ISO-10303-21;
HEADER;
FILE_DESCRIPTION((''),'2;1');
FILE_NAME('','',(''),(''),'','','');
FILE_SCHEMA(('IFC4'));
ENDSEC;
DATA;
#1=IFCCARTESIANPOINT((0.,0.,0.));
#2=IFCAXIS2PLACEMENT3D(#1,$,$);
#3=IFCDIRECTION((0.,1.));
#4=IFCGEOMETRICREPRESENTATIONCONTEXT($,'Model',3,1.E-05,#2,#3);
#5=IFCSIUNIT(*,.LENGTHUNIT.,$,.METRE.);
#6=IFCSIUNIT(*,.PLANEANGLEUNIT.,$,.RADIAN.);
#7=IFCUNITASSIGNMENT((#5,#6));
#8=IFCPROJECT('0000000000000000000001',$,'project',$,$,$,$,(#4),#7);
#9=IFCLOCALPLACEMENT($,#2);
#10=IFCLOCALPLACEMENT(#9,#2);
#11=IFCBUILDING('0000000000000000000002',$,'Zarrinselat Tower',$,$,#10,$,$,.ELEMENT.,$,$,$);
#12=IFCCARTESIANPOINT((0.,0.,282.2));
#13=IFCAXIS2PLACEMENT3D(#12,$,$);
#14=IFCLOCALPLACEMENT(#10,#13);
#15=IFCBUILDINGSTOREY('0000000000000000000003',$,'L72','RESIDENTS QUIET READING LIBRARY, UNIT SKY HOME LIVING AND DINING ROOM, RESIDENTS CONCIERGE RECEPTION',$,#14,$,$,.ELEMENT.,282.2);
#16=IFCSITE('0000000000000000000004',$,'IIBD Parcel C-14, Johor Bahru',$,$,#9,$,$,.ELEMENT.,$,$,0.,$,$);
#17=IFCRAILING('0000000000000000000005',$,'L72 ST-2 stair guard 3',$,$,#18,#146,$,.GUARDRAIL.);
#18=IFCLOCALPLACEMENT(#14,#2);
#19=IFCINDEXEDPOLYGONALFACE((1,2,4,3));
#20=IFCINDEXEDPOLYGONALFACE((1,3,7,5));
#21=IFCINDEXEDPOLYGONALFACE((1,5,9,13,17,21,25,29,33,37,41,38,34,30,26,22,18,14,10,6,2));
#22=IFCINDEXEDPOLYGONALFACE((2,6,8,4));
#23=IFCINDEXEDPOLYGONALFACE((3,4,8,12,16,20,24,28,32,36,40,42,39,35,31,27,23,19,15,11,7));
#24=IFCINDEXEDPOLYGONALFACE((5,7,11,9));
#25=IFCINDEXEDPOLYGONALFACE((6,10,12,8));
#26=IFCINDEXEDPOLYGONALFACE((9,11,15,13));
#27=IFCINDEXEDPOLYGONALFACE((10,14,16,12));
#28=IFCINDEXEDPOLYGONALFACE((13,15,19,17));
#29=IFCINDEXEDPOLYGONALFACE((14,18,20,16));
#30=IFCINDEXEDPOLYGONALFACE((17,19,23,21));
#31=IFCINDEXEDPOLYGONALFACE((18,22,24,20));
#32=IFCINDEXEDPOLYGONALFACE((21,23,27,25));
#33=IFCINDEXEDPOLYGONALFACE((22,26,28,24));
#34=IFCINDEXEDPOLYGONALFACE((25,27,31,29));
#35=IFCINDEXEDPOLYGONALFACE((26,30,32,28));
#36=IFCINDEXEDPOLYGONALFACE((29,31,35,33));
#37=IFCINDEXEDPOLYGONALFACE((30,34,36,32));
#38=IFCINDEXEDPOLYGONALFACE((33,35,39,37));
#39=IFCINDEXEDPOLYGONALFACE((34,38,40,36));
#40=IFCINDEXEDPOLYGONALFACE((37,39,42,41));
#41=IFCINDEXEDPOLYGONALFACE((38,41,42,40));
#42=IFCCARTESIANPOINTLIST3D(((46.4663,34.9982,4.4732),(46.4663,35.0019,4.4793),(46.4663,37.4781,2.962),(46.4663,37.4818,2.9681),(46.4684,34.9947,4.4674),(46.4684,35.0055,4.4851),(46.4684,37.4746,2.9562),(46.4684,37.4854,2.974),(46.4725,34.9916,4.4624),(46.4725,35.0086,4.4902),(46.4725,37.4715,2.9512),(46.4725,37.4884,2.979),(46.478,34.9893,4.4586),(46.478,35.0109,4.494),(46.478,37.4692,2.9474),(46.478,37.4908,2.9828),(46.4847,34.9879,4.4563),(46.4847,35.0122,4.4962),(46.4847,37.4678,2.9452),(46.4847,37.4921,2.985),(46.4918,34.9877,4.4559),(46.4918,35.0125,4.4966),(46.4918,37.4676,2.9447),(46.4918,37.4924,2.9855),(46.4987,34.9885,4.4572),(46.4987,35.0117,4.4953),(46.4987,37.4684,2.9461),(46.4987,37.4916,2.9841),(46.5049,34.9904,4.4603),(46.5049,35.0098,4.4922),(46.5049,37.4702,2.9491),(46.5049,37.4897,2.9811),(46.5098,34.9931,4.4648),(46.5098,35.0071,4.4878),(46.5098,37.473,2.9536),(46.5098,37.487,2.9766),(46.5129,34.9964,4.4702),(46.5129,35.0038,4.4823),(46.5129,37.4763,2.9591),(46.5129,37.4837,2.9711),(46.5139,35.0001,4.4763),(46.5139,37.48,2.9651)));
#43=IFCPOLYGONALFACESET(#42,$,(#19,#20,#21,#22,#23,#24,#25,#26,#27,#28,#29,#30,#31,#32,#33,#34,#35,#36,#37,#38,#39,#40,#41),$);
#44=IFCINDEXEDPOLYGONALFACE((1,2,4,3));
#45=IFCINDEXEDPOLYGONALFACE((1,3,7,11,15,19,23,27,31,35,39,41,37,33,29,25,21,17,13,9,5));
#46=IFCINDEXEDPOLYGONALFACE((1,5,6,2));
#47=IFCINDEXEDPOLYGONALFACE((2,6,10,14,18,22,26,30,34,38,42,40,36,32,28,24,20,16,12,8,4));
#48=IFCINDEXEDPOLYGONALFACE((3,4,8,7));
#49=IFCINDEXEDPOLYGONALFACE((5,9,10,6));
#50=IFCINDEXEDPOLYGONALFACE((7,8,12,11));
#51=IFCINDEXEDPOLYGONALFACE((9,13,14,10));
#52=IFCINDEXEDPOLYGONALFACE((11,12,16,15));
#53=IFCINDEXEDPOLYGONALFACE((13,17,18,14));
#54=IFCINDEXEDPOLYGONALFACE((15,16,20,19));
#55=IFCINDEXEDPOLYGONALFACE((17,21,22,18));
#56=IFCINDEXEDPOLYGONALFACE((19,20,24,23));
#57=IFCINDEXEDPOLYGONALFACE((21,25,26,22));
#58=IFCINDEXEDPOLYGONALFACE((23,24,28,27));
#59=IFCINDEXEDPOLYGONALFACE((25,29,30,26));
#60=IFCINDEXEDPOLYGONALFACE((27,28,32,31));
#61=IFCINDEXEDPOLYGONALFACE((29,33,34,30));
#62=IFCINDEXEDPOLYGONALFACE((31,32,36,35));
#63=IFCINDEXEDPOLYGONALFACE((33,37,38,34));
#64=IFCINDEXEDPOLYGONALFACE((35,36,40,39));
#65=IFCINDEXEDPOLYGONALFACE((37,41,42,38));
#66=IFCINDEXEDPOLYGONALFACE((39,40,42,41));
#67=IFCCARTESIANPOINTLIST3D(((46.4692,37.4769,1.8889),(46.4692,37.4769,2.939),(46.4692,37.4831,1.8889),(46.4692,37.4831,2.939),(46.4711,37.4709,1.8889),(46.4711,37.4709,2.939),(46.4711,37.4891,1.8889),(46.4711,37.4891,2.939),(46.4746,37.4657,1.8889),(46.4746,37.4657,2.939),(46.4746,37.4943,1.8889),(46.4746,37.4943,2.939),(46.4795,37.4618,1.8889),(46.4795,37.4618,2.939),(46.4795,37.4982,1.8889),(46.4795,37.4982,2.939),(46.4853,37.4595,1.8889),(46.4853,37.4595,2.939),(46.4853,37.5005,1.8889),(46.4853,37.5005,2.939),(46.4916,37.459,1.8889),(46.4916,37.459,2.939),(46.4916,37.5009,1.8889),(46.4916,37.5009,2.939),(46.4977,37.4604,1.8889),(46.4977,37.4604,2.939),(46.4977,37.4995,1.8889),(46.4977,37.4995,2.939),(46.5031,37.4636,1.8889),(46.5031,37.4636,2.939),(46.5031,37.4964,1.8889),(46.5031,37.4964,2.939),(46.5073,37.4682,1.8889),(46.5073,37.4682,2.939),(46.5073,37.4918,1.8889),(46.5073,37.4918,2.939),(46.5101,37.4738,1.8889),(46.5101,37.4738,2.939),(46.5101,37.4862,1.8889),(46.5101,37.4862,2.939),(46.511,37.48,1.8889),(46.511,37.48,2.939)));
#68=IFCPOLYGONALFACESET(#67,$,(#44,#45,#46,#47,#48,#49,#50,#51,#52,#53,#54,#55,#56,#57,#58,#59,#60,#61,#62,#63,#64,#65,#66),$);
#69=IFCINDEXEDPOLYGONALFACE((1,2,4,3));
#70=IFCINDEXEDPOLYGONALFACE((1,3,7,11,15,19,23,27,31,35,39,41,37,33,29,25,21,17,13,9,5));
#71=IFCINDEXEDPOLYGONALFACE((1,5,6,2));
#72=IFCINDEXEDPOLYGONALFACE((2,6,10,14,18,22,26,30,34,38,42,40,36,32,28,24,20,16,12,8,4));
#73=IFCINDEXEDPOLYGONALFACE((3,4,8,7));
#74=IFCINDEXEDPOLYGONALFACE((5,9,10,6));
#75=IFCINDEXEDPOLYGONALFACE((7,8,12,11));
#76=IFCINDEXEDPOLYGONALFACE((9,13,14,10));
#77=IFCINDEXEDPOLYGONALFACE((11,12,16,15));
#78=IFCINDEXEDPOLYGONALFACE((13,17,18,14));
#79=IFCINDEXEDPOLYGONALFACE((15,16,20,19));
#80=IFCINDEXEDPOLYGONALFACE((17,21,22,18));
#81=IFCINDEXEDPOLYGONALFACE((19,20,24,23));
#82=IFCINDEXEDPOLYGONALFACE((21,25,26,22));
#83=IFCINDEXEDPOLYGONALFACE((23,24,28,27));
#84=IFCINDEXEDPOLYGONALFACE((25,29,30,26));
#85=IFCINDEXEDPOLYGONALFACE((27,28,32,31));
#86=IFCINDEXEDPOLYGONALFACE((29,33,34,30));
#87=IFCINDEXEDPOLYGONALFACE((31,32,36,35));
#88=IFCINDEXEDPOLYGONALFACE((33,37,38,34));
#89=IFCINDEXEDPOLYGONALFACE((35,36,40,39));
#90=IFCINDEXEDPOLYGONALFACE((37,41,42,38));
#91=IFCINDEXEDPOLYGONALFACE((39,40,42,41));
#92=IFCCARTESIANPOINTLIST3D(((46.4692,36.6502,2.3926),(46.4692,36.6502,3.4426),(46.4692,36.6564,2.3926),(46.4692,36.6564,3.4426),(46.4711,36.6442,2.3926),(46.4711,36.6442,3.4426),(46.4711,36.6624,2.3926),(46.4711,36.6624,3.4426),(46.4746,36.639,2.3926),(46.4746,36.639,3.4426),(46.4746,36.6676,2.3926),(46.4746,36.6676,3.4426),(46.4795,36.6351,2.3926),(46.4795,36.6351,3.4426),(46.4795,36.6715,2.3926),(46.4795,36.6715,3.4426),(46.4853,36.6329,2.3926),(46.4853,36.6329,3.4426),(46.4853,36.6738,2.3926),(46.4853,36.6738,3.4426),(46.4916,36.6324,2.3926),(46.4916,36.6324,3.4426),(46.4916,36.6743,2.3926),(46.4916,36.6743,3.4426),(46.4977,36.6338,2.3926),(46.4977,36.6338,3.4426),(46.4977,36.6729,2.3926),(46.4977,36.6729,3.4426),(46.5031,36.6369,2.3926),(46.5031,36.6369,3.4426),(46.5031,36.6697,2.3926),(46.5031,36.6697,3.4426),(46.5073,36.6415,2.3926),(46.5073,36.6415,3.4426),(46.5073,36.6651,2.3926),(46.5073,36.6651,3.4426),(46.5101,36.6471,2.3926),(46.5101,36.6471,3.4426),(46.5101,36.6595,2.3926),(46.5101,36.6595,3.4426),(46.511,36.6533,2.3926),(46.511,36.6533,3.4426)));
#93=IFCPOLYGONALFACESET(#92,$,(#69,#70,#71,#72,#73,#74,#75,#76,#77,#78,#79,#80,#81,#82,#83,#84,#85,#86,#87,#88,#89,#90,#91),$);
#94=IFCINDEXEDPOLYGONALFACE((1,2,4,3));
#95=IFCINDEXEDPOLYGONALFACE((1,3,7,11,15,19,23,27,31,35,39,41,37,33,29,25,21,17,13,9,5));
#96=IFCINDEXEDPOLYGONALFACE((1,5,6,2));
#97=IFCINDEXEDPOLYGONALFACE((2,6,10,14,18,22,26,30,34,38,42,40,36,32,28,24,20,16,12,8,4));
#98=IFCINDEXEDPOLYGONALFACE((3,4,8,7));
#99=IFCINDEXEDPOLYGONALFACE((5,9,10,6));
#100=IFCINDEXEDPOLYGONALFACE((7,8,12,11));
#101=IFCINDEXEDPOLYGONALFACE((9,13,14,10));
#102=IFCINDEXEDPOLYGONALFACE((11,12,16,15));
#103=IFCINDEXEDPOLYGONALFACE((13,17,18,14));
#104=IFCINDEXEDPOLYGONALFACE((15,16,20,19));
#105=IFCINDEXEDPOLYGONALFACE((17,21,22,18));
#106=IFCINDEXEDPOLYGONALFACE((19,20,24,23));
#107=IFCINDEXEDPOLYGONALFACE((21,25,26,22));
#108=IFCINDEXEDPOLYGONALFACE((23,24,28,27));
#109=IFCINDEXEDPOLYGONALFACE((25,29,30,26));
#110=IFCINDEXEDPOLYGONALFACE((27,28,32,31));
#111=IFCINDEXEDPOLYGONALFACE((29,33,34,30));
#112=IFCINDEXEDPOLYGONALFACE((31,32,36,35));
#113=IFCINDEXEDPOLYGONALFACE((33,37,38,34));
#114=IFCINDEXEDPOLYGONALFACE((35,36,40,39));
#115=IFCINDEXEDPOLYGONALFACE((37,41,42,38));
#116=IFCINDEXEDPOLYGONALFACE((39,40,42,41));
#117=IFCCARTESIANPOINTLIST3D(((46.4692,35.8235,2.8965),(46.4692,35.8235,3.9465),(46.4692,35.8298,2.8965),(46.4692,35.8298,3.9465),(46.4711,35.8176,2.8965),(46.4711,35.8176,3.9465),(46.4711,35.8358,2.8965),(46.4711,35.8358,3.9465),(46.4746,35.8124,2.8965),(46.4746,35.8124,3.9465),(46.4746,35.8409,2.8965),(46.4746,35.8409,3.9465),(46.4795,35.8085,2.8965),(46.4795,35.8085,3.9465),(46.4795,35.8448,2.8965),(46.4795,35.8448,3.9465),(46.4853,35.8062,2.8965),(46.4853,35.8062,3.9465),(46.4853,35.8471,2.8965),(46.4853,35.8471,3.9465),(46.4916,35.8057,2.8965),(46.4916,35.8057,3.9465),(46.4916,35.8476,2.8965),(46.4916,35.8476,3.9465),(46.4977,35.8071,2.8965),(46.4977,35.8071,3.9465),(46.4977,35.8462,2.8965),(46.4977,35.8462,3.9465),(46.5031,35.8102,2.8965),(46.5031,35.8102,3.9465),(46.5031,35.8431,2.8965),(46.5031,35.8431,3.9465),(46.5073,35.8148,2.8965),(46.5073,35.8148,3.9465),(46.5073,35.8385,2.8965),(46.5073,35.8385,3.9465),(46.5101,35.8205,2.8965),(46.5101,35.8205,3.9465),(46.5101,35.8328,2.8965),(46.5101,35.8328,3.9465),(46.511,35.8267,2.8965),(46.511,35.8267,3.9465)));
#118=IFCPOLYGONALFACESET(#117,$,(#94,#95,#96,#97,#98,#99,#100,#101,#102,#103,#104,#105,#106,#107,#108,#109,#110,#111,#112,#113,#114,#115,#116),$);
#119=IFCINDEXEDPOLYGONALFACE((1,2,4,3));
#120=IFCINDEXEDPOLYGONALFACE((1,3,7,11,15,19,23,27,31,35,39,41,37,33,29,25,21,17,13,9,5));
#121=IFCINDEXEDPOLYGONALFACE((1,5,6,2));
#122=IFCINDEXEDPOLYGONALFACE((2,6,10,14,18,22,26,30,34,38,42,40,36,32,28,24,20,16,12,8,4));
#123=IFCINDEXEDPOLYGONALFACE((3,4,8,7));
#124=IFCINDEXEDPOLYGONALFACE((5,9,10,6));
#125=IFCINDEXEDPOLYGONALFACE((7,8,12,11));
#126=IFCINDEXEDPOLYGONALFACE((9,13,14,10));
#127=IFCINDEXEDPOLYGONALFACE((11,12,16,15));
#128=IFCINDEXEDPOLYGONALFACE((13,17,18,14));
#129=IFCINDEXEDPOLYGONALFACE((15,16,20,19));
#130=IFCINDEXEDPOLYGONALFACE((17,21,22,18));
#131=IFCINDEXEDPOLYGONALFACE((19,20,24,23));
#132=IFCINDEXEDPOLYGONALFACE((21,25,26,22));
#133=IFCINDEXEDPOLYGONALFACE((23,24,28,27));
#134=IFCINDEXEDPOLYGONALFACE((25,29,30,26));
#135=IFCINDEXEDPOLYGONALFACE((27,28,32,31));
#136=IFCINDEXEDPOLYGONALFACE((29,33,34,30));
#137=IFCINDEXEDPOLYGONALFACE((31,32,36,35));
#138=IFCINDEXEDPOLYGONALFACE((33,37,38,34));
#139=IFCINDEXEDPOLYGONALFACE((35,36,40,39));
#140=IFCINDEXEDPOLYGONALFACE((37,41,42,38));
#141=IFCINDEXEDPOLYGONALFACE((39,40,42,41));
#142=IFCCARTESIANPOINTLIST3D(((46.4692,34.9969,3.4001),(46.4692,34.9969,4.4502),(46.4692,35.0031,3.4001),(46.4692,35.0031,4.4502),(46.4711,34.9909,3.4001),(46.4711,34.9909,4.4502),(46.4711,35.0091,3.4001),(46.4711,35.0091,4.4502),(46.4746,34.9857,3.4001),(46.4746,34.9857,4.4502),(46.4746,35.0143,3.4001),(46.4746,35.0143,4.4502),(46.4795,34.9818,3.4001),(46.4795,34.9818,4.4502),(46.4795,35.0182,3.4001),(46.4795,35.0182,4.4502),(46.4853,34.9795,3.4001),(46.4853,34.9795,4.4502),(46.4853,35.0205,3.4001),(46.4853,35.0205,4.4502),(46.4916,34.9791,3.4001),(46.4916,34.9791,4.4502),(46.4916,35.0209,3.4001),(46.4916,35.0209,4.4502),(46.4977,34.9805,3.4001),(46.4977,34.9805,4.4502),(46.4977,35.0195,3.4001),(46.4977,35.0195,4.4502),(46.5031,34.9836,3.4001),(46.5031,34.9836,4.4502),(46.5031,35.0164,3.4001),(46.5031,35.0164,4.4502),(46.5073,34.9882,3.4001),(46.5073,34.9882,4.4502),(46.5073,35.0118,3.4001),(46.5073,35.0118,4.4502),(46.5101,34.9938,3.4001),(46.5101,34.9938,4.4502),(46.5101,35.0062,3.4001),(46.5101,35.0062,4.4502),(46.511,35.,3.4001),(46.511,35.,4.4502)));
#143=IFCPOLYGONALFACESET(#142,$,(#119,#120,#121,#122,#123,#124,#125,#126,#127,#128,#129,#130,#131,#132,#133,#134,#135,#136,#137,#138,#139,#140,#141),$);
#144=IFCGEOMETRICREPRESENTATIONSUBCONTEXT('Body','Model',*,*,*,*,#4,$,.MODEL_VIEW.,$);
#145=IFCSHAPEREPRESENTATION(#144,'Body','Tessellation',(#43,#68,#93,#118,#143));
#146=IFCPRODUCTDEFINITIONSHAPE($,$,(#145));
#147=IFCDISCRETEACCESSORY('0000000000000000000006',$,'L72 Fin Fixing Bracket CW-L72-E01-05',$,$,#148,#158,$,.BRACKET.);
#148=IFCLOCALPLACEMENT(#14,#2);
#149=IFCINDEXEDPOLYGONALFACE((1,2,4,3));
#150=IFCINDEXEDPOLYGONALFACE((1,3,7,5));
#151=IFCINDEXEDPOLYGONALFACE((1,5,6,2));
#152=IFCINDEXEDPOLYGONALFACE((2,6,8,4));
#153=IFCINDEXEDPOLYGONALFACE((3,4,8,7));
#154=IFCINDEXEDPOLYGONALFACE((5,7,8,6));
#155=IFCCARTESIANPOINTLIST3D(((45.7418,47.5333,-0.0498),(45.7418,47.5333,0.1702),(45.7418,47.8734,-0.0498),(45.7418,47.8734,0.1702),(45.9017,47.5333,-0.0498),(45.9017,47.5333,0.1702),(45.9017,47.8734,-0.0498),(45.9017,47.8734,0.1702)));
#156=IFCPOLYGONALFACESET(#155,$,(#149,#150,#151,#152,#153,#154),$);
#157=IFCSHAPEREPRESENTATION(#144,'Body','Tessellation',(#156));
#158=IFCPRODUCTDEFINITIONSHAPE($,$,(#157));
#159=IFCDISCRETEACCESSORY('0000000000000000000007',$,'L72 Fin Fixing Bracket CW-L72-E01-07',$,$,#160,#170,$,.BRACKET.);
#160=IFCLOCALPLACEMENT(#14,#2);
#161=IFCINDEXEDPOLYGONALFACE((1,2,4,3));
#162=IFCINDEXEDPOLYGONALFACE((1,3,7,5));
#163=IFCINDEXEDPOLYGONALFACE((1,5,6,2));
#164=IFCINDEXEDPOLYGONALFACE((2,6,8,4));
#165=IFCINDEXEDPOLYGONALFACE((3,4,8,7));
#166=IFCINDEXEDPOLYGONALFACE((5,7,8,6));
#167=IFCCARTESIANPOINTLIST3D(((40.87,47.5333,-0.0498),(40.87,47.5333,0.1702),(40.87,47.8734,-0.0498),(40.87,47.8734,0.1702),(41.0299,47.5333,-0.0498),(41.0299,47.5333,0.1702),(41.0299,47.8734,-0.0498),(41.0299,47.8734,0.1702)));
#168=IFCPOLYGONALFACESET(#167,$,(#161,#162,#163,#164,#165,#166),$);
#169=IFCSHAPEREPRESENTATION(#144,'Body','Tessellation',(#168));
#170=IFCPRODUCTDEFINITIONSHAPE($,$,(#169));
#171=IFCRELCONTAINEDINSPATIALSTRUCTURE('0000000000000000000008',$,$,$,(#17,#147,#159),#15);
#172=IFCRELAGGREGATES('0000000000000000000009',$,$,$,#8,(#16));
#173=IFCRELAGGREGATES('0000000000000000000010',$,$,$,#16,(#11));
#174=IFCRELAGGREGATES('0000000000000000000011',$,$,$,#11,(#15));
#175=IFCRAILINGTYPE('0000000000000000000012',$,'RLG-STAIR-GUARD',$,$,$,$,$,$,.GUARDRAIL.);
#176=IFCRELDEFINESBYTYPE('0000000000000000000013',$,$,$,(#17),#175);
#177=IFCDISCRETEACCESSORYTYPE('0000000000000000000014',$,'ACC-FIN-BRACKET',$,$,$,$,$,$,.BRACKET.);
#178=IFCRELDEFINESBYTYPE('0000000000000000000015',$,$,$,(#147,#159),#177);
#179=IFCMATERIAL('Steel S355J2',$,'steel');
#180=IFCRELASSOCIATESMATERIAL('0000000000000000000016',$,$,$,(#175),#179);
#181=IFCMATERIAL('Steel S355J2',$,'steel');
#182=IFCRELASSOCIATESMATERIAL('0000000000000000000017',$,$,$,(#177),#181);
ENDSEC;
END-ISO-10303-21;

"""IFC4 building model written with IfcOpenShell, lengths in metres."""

from ifc_helpers import new_model, si_unit, direction, frame, origin, origin_2d, place, context, subcontext, project, spatial, rectangle, circle, extrude, material, type_object, element, save


model = new_model("IFC4")

# Units and contexts
model_context = context("Model", 3, precision=1e-05, world=origin(), true_north=direction((0.0, 1.0)))
body_context = subcontext(model_context, "Body", "Model", "MODEL_VIEW")
ifc_project = project(units=[si_unit("LENGTHUNIT", "METRE"), si_unit("PLANEANGLEUNIT", "RADIAN")], contexts=[model_context])

# Site, building, storey
site_placement = place(None, origin())
site = spatial("IfcSite", under=ifc_project, at=site_placement, Name="IIBD Parcel C-14, Johor Bahru", CompositionType="ELEMENT", RefElevation=0.0)
building_placement = place(site_placement, origin())
building = spatial("IfcBuilding", under=site, at=building_placement, Name="Zarrinselat Tower", CompositionType="ELEMENT")
storey_placement = place(building_placement, frame((0.0, 0.0, 282.2)))
storey = spatial("IfcBuildingStorey", under=building, at=storey_placement, Name="L72", Description="RESIDENTS QUIET READING LIBRARY, UNIT SKY HOME LIVING AND DINING ROOM, RESIDENTS CONCIERGE RECEPTION", CompositionType="ELEMENT", Elevation=282.2)

# Railing
ifc_material_1 = material(Name="Steel S355J2", Category="steel")
railing_type = type_object("IfcRailingType", Name="RLG-STAIR-GUARD", PredefinedType="GUARDRAIL", material=ifc_material_1)
railing_1_placement = place(storey_placement, frame((46.49, 37.48, 1.8889)))
element("IfcRailing", 1, at=railing_1_placement, inside=storey, type_object=railing_type, Name="L72 ST-2 stair guard 3", PredefinedType="GUARDRAIL", context=body_context, shape_type="SweptSolid", body=[
    extrude(circle(Radius=0.0239, at=origin_2d()), frame((0.0, 0.0, 1.0762), z_axis=(0.0, -0.853942, 0.520368), x_axis=(1.0, 0.0, 0.0)), (0.0, 0.0, 1.0), 2.9041),
    extrude(circle(Radius=0.021, at=origin_2d()), origin(), (0.0, 0.0, 1.0), 1.05),
    extrude(circle(Radius=0.021, at=origin_2d()), frame((0.0, -0.8267, 0.5037)), (0.0, 0.0, 1.0), 1.05),
    extrude(circle(Radius=0.021, at=origin_2d()), frame((0.0, -1.6533, 1.0076)), (0.0, 0.0, 1.0), 1.05),
    extrude(circle(Radius=0.021, at=origin_2d()), frame((0.0, -2.48, 1.5112)), (0.0, 0.0, 1.0), 1.05),
])

# Discrete accessories
ifc_material_2 = material(Name="Steel S355J2", Category="steel")
discrete_accessory_type = type_object("IfcDiscreteAccessoryType", Name="ACC-FIN-BRACKET", PredefinedType="BRACKET", material=ifc_material_2)
for number, where, z_axis, x_axis, name in (
    (2, (45.8218, 47.7034, -0.0498), (0.0, 0.0, 1.0), (0.0, 1.0, 0.0), "L72 Fin Fixing Bracket CW-L72-E01-05"),
    (3, (40.95, 47.7034, -0.0498), (0.0, 0.0, 1.0), (0.0, 1.0, 0.0), "L72 Fin Fixing Bracket CW-L72-E01-07"),
):
    element("IfcDiscreteAccessory", number, at=place(storey_placement, frame(where, z_axis=z_axis, x_axis=x_axis)), inside=storey, type_object=discrete_accessory_type, Name=name, PredefinedType="BRACKET", context=body_context, shape_type="SweptSolid", body=[
        extrude(rectangle(XDim=0.3401, YDim=0.1599, at=origin_2d()), origin(), (0.0, 0.0, 1.0), 0.22),
    ])

save(model, "model.ifc")
